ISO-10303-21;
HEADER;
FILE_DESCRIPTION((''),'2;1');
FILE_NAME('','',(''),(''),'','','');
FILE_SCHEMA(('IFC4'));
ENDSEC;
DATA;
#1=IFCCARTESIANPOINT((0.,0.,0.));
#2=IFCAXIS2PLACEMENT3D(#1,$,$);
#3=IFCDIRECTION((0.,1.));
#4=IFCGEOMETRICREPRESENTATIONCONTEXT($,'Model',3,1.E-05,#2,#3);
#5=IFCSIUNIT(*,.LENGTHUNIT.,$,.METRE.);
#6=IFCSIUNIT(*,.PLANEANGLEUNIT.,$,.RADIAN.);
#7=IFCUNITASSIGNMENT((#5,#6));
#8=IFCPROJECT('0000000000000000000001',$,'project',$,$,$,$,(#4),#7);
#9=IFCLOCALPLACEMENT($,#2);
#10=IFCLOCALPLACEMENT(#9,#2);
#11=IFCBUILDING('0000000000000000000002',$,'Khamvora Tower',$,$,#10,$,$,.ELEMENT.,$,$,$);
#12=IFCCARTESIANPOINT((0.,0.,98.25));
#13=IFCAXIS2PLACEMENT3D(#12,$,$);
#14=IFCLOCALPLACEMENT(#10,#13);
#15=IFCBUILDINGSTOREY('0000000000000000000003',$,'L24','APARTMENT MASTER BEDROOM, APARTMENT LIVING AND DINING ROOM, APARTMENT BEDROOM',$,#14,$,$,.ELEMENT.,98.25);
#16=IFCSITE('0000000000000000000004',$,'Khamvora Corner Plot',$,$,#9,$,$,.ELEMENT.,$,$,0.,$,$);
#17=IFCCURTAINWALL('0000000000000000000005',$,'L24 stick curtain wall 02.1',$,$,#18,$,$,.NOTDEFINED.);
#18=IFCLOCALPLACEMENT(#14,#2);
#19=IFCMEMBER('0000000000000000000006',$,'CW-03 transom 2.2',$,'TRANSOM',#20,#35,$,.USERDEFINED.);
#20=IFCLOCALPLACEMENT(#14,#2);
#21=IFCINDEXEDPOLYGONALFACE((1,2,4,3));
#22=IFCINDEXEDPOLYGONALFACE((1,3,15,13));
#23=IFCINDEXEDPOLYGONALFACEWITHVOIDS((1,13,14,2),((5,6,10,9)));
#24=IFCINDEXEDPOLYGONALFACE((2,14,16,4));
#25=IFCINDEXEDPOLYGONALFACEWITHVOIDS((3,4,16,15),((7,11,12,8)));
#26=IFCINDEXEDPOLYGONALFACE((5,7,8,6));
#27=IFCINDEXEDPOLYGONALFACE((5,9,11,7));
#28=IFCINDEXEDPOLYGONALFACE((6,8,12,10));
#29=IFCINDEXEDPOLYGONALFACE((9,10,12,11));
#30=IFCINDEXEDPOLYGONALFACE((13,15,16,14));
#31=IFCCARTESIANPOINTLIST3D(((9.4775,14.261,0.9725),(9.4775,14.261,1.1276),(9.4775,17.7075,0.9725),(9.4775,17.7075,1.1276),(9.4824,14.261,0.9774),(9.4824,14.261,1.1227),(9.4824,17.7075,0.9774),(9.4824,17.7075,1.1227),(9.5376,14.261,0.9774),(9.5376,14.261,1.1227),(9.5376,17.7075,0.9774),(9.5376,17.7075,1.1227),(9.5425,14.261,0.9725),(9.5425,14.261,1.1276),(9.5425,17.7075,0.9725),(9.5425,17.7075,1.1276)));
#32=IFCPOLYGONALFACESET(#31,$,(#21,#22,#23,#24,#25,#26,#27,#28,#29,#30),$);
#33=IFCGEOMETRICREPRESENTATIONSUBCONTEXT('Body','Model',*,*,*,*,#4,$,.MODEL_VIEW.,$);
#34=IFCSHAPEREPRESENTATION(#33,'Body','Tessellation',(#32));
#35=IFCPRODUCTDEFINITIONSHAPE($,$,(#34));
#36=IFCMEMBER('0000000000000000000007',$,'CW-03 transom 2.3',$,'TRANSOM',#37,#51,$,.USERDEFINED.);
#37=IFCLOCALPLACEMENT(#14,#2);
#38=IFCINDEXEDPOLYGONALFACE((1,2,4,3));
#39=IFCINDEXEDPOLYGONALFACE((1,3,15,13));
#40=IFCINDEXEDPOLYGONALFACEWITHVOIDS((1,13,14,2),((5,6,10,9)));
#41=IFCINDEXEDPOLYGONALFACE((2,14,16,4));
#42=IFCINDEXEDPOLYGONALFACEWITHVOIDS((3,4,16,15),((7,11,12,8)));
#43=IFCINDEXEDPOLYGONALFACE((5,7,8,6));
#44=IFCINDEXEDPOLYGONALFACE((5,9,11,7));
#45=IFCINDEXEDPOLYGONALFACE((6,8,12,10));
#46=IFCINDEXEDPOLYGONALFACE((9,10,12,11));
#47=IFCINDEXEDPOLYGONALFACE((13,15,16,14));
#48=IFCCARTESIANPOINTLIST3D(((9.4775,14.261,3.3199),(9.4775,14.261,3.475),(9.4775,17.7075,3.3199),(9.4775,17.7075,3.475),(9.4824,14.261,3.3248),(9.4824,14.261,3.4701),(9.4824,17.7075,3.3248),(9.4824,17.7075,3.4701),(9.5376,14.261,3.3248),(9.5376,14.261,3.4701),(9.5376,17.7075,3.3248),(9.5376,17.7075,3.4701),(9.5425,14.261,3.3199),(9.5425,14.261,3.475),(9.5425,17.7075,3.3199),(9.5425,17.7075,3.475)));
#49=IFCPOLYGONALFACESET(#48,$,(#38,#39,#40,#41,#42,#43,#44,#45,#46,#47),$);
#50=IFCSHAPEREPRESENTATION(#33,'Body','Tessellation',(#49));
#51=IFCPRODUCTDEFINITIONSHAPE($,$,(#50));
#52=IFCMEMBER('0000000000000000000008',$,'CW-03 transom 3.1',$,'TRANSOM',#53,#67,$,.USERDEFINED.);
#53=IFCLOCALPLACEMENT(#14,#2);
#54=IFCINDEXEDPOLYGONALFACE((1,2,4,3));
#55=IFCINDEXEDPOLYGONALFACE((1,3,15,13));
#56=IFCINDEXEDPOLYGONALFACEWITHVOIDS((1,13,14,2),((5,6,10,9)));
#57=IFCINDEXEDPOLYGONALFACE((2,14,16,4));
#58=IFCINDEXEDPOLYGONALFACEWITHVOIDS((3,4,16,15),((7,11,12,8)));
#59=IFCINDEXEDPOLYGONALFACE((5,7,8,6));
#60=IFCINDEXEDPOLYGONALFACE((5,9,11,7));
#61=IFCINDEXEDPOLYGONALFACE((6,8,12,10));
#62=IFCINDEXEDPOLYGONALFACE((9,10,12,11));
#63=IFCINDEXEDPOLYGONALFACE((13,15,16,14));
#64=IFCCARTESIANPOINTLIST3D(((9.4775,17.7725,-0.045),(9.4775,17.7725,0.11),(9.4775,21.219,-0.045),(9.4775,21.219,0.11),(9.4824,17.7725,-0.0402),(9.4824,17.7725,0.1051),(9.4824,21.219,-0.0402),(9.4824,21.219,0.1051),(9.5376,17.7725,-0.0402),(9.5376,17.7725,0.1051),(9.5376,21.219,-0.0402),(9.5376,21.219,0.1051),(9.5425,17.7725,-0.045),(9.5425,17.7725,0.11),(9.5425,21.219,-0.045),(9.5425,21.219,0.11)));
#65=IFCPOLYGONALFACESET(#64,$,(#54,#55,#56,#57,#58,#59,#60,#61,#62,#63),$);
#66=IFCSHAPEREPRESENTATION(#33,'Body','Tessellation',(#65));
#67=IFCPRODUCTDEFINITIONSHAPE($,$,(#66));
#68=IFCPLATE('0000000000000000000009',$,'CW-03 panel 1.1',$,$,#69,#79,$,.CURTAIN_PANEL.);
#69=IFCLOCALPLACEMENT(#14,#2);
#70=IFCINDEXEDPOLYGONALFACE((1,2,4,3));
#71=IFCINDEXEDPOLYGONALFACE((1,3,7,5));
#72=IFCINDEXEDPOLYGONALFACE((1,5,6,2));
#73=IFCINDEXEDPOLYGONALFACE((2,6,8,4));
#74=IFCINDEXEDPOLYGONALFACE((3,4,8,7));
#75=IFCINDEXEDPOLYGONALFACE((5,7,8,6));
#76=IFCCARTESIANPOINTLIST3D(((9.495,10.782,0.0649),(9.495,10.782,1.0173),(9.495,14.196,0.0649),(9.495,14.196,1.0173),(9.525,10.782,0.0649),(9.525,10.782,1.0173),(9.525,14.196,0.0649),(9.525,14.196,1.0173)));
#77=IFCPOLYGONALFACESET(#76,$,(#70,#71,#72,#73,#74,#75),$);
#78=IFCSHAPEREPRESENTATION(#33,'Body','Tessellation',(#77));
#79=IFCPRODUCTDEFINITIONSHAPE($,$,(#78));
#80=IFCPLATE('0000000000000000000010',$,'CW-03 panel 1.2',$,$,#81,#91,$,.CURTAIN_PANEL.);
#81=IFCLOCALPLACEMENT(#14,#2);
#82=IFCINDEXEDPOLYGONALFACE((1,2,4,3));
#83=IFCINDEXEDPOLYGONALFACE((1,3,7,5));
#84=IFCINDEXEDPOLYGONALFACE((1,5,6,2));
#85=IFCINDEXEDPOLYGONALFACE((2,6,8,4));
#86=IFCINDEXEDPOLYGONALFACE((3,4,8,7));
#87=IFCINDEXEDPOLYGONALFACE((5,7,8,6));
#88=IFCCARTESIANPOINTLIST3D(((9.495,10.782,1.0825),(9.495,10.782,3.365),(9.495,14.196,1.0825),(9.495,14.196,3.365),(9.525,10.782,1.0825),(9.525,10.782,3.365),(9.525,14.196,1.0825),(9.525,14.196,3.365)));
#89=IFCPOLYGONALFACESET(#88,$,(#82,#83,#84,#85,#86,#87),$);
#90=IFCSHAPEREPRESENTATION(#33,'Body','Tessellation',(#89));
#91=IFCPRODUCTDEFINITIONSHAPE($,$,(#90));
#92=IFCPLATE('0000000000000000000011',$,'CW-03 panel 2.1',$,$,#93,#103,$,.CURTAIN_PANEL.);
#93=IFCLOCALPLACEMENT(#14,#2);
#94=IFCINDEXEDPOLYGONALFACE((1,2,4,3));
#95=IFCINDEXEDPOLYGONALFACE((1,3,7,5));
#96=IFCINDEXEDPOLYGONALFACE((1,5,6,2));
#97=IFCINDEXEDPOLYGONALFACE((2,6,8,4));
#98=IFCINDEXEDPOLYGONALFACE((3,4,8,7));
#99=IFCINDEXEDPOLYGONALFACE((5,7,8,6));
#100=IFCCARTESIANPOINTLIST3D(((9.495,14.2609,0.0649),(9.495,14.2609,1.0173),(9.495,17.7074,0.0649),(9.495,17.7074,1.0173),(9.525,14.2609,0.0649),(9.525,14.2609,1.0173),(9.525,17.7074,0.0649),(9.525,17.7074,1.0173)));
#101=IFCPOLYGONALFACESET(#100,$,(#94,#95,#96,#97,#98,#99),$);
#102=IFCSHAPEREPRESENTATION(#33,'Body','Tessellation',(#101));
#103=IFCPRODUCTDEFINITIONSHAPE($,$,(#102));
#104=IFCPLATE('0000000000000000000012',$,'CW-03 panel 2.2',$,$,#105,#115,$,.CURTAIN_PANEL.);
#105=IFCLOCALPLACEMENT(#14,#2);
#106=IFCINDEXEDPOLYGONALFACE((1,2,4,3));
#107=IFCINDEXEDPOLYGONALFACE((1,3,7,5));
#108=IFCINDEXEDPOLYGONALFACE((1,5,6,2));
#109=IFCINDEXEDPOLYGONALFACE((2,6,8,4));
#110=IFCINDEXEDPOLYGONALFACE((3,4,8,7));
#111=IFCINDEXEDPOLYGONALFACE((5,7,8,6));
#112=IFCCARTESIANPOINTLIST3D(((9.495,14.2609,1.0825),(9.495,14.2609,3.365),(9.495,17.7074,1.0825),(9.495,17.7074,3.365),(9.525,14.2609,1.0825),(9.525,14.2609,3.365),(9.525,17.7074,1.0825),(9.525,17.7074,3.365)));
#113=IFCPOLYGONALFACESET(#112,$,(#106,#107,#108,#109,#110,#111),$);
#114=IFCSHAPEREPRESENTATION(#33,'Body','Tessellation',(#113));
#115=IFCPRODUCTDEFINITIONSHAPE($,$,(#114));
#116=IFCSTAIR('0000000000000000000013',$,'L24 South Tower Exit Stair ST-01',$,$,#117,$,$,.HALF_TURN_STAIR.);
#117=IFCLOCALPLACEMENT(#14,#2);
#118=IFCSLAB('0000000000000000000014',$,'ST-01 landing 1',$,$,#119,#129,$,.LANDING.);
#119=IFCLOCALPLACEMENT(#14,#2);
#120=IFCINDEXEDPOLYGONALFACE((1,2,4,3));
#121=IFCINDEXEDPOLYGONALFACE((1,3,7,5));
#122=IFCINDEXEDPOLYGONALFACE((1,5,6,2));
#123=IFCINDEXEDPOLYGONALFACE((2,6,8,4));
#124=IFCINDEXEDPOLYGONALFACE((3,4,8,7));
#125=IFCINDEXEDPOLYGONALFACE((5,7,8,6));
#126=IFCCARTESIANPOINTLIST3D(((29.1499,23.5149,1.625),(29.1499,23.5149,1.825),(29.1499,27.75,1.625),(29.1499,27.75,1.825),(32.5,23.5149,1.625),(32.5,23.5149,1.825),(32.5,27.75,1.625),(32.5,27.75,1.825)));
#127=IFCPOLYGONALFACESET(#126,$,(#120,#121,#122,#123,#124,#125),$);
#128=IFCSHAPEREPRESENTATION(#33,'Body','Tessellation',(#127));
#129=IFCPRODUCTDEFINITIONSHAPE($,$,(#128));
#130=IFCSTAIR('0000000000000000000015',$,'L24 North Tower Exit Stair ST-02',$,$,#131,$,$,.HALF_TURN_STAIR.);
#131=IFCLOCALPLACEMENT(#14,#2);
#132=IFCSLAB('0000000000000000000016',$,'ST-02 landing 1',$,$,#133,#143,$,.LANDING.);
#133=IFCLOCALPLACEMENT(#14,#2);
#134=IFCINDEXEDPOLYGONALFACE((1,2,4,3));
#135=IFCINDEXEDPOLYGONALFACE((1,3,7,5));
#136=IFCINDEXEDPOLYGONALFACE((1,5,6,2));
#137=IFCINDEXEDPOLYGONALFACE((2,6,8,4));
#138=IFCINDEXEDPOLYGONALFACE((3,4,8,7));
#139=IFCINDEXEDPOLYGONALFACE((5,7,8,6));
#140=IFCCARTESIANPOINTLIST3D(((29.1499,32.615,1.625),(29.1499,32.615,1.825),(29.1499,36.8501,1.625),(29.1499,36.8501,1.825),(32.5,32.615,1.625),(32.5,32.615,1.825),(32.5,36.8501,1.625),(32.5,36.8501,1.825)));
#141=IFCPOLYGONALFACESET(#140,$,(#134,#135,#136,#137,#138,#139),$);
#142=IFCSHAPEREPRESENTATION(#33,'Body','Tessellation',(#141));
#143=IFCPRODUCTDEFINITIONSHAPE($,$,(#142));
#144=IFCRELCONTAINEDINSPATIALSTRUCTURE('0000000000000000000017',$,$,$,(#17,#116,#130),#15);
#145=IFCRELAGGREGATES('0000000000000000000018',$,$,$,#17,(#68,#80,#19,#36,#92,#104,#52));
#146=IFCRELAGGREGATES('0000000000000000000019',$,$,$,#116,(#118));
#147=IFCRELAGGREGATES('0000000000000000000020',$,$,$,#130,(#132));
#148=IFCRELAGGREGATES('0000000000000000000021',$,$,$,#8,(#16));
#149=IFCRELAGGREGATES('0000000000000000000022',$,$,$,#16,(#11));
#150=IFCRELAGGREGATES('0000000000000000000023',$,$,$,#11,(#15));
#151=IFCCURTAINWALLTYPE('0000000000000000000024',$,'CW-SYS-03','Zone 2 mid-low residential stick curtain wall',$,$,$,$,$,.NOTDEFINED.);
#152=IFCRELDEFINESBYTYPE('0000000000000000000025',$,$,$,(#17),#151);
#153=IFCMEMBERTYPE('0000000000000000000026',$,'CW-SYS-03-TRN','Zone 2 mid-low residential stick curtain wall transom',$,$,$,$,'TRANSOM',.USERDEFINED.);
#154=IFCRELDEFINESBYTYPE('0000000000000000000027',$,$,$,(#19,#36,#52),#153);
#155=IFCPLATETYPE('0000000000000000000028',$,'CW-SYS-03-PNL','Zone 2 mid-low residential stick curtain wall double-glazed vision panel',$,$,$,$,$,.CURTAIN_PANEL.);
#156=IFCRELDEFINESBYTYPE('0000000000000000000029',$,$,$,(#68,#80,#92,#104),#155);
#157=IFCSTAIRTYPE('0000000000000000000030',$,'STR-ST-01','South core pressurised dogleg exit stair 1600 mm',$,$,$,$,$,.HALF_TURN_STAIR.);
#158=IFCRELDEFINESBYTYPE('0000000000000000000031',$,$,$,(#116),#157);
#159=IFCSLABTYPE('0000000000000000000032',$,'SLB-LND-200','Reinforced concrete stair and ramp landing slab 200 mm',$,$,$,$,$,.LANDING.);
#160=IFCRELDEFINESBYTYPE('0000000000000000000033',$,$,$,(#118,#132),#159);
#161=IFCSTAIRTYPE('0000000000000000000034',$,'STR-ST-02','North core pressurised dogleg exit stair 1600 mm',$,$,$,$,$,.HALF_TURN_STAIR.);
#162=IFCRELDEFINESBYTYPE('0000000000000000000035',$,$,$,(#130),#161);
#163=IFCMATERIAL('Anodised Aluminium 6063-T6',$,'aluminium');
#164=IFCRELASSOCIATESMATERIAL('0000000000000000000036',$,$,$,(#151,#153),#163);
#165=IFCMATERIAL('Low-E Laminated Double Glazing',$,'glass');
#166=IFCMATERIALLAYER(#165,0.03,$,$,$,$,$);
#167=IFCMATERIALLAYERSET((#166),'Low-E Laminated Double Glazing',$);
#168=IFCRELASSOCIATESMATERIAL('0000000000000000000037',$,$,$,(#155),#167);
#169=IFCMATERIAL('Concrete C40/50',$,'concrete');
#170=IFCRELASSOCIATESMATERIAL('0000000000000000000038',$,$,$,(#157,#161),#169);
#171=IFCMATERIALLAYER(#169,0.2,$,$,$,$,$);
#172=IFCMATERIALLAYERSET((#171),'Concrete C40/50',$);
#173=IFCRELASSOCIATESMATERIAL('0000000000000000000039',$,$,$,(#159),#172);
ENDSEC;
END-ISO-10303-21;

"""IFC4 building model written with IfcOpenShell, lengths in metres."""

from ifc_helpers import new_model, si_unit, direction, frame, origin, origin_2d, place, context, subcontext, project, spatial, polyline, rectangle, hollow_rectangle, outline, extrude, material, layer, layer_set, material_profile, profile_set, type_object, element, aggregate, save


model = new_model("IFC4")

# Units and contexts
model_context = context("Model", 3, precision=1e-05, world=origin(), true_north=direction((0.0, 1.0)))
body_context = subcontext(model_context, "Body", "Model", "MODEL_VIEW")
ifc_project = project(units=[si_unit("LENGTHUNIT", "METRE"), si_unit("PLANEANGLEUNIT", "RADIAN")], contexts=[model_context])

# Site, building, storey
site_placement = place(None, origin())
site = spatial("IfcSite", under=ifc_project, at=site_placement, Name="Khamvora Corner Plot", CompositionType="ELEMENT", RefElevation=0.0)
building_placement = place(site_placement, origin())
building = spatial("IfcBuilding", under=site, at=building_placement, Name="Khamvora Tower", CompositionType="ELEMENT")
storey_placement = place(building_placement, frame((0.0, 0.0, 98.25)))
storey = spatial("IfcBuildingStorey", under=building, at=storey_placement, Name="L24", Description="APARTMENT MASTER BEDROOM, APARTMENT LIVING AND DINING ROOM, APARTMENT BEDROOM", CompositionType="ELEMENT", Elevation=98.25)

# Curtain wall, members, plates
ifc_material_1 = material(Name="Anodised Aluminium 6063-T6", Category="aluminium")
curtain_wall_type = type_object("IfcCurtainWallType", Name="CW-SYS-03", Description="Zone 2 mid-low residential stick curtain wall", PredefinedType="NOTDEFINED", material=ifc_material_1)
curtain_wall_placement = place(storey_placement, origin())
curtain_wall = element("IfcCurtainWall", 1, at=curtain_wall_placement, inside=storey, type_object=curtain_wall_type, Name="L24 stick curtain wall 02.1", PredefinedType="NOTDEFINED")
ifc_material_profile_1 = material_profile(ifc_material_1, hollow_rectangle(XDim=0.0649, YDim=0.155, WallThickness=0.0049, at=origin_2d()), Name="TRN65x155x5")
ifc_profile_set_1 = profile_set([ifc_material_profile_1], Name="Anodised Aluminium 6063-T6")
member_type_1 = type_object("IfcMemberType", Name="CW-SYS-03-TRN", Description="Zone 2 mid-low residential stick curtain wall transom", ElementType="TRANSOM", PredefinedType="USERDEFINED", material=ifc_profile_set_1)
member_1_placement = place(storey_placement, frame((9.51, 14.261, 1.05), z_axis=(0.0, 1.0, 0.0), x_axis=(-1.0, 0.0, 0.0)))
member_1 = element("IfcMember", 2, at=member_1_placement, type_object=member_type_1, Name="CW-03 transom 2.2", ObjectType="TRANSOM", PredefinedType="USERDEFINED", context=body_context, shape_type="SweptSolid", body=[
    extrude(hollow_rectangle(XDim=0.0649, YDim=0.155, WallThickness=0.0049, at=origin_2d()), origin(), (0.0, 0.0, 1.0), 3.4465),
])
member_2_placement = place(storey_placement, frame((9.51, 14.261, 3.3975), z_axis=(0.0, 1.0, 0.0), x_axis=(-1.0, 0.0, 0.0)))
member_2 = element("IfcMember", 3, at=member_2_placement, type_object=member_type_1, Name="CW-03 transom 2.3", ObjectType="TRANSOM", PredefinedType="USERDEFINED", context=body_context, shape_type="SweptSolid", body=[
    extrude(hollow_rectangle(XDim=0.0649, YDim=0.155, WallThickness=0.0049, at=origin_2d()), origin(), (0.0, 0.0, 1.0), 3.4465),
])
member_3_placement = place(storey_placement, frame((9.51, 17.7725, 0.0325), z_axis=(0.0, 1.0, 0.0), x_axis=(-1.0, 0.0, 0.0)))
member_3 = element("IfcMember", 4, at=member_3_placement, type_object=member_type_1, Name="CW-03 transom 3.1", ObjectType="TRANSOM", PredefinedType="USERDEFINED", context=body_context, shape_type="SweptSolid", body=[
    extrude(hollow_rectangle(XDim=0.0649, YDim=0.155, WallThickness=0.0049, at=origin_2d()), origin(), (0.0, 0.0, 1.0), 3.4465),
])
ifc_material_2 = material(Name="Low-E Laminated Double Glazing", Category="glass")
ifc_layer_1 = layer(ifc_material_2, 0.03)
ifc_layer_set_1 = layer_set([ifc_layer_1], Name="Low-E Laminated Double Glazing")
plate_type = type_object("IfcPlateType", Name="CW-SYS-03-PNL", Description="Zone 2 mid-low residential stick curtain wall double-glazed vision panel", PredefinedType="CURTAIN_PANEL", material=ifc_layer_set_1)
plate_1_placement = place(storey_placement, frame((9.51, 12.489, 0.0649), z_axis=(0.0, 0.0, 1.0), x_axis=(0.0, 1.0, 0.0)))
plate_1 = element("IfcPlate", 5, at=plate_1_placement, type_object=plate_type, Name="CW-03 panel 1.1", PredefinedType="CURTAIN_PANEL", context=body_context, shape_type="SweptSolid", body=[
    extrude(rectangle(XDim=3.4141, YDim=0.03, at=origin_2d()), origin(), (0.0, 0.0, 1.0), 0.9524),
])
plate_2_placement = place(storey_placement, frame((9.51, 12.489, 1.0825), z_axis=(0.0, 0.0, 1.0), x_axis=(0.0, 1.0, 0.0)))
plate_2 = element("IfcPlate", 6, at=plate_2_placement, type_object=plate_type, Name="CW-03 panel 1.2", PredefinedType="CURTAIN_PANEL", context=body_context, shape_type="SweptSolid", body=[
    extrude(rectangle(XDim=3.4141, YDim=0.03, at=origin_2d()), origin(), (0.0, 0.0, 1.0), 2.2825),
])
plate_3_placement = place(storey_placement, frame((9.51, 15.9841, 0.0649), z_axis=(0.0, 0.0, 1.0), x_axis=(0.0, 1.0, 0.0)))
plate_3 = element("IfcPlate", 7, at=plate_3_placement, type_object=plate_type, Name="CW-03 panel 2.1", PredefinedType="CURTAIN_PANEL", context=body_context, shape_type="SweptSolid", body=[
    extrude(rectangle(XDim=3.4465, YDim=0.03, at=origin_2d()), origin(), (0.0, 0.0, 1.0), 0.9524),
])
plate_4_placement = place(storey_placement, frame((9.51, 15.9841, 1.0825), z_axis=(0.0, 0.0, 1.0), x_axis=(0.0, 1.0, 0.0)))
plate_4 = element("IfcPlate", 8, at=plate_4_placement, type_object=plate_type, Name="CW-03 panel 2.2", PredefinedType="CURTAIN_PANEL", context=body_context, shape_type="SweptSolid", body=[
    extrude(rectangle(XDim=3.4465, YDim=0.03, at=origin_2d()), origin(), (0.0, 0.0, 1.0), 2.2825),
])
aggregate(curtain_wall, [plate_1, plate_2, member_1, member_2, plate_3, plate_4, member_3])

# Stairs, slabs
ifc_material_3 = material(Name="Concrete C40/50", Category="concrete")
stair_type_1 = type_object("IfcStairType", Name="STR-ST-01", Description="South core pressurised dogleg exit stair 1600 mm", PredefinedType="HALF_TURN_STAIR", material=ifc_material_3)
stair_1_placement = place(storey_placement, origin())
stair_1 = element("IfcStair", 9, at=stair_1_placement, inside=storey, type_object=stair_type_1, Name="L24 South Tower Exit Stair ST-01", PredefinedType="HALF_TURN_STAIR")
ifc_layer_2 = layer(ifc_material_3, 0.2)
ifc_layer_set_2 = layer_set([ifc_layer_2], Name="Concrete C40/50")
slab_type_1 = type_object("IfcSlabType", Name="SLB-LND-200", Description="Reinforced concrete stair and ramp landing slab 200 mm", PredefinedType="LANDING", material=ifc_layer_set_2)
slab_1_placement = place(storey_placement, frame((0.0, 0.0, 1.625)))
slab_1 = element("IfcSlab", 10, at=slab_1_placement, type_object=slab_type_1, Name="ST-01 landing 1", PredefinedType="LANDING", context=body_context, shape_type="SweptSolid", body=[
    extrude(outline(polyline([(32.5, 23.5149), (32.5, 27.75), (29.1499, 27.75), (29.1499, 23.5149), (32.5, 23.5149)])), origin(), (0.0, 0.0, 1.0), 0.2),
])
aggregate(stair_1, [slab_1])
stair_type_2 = type_object("IfcStairType", Name="STR-ST-02", Description="North core pressurised dogleg exit stair 1600 mm", PredefinedType="HALF_TURN_STAIR", material=ifc_material_3)
stair_2_placement = place(storey_placement, origin())
stair_2 = element("IfcStair", 11, at=stair_2_placement, inside=storey, type_object=stair_type_2, Name="L24 North Tower Exit Stair ST-02", PredefinedType="HALF_TURN_STAIR")
slab_2_placement = place(storey_placement, frame((0.0, 0.0, 1.625)))
slab_2 = element("IfcSlab", 12, at=slab_2_placement, type_object=slab_type_1, Name="ST-02 landing 1", PredefinedType="LANDING", context=body_context, shape_type="SweptSolid", body=[
    extrude(outline(polyline([(32.5, 32.615), (32.5, 36.8501), (29.1499, 36.8501), (29.1499, 32.615), (32.5, 32.615)])), origin(), (0.0, 0.0, 1.0), 0.2),
])
aggregate(stair_2, [slab_2])

save(model, "model.ifc")
